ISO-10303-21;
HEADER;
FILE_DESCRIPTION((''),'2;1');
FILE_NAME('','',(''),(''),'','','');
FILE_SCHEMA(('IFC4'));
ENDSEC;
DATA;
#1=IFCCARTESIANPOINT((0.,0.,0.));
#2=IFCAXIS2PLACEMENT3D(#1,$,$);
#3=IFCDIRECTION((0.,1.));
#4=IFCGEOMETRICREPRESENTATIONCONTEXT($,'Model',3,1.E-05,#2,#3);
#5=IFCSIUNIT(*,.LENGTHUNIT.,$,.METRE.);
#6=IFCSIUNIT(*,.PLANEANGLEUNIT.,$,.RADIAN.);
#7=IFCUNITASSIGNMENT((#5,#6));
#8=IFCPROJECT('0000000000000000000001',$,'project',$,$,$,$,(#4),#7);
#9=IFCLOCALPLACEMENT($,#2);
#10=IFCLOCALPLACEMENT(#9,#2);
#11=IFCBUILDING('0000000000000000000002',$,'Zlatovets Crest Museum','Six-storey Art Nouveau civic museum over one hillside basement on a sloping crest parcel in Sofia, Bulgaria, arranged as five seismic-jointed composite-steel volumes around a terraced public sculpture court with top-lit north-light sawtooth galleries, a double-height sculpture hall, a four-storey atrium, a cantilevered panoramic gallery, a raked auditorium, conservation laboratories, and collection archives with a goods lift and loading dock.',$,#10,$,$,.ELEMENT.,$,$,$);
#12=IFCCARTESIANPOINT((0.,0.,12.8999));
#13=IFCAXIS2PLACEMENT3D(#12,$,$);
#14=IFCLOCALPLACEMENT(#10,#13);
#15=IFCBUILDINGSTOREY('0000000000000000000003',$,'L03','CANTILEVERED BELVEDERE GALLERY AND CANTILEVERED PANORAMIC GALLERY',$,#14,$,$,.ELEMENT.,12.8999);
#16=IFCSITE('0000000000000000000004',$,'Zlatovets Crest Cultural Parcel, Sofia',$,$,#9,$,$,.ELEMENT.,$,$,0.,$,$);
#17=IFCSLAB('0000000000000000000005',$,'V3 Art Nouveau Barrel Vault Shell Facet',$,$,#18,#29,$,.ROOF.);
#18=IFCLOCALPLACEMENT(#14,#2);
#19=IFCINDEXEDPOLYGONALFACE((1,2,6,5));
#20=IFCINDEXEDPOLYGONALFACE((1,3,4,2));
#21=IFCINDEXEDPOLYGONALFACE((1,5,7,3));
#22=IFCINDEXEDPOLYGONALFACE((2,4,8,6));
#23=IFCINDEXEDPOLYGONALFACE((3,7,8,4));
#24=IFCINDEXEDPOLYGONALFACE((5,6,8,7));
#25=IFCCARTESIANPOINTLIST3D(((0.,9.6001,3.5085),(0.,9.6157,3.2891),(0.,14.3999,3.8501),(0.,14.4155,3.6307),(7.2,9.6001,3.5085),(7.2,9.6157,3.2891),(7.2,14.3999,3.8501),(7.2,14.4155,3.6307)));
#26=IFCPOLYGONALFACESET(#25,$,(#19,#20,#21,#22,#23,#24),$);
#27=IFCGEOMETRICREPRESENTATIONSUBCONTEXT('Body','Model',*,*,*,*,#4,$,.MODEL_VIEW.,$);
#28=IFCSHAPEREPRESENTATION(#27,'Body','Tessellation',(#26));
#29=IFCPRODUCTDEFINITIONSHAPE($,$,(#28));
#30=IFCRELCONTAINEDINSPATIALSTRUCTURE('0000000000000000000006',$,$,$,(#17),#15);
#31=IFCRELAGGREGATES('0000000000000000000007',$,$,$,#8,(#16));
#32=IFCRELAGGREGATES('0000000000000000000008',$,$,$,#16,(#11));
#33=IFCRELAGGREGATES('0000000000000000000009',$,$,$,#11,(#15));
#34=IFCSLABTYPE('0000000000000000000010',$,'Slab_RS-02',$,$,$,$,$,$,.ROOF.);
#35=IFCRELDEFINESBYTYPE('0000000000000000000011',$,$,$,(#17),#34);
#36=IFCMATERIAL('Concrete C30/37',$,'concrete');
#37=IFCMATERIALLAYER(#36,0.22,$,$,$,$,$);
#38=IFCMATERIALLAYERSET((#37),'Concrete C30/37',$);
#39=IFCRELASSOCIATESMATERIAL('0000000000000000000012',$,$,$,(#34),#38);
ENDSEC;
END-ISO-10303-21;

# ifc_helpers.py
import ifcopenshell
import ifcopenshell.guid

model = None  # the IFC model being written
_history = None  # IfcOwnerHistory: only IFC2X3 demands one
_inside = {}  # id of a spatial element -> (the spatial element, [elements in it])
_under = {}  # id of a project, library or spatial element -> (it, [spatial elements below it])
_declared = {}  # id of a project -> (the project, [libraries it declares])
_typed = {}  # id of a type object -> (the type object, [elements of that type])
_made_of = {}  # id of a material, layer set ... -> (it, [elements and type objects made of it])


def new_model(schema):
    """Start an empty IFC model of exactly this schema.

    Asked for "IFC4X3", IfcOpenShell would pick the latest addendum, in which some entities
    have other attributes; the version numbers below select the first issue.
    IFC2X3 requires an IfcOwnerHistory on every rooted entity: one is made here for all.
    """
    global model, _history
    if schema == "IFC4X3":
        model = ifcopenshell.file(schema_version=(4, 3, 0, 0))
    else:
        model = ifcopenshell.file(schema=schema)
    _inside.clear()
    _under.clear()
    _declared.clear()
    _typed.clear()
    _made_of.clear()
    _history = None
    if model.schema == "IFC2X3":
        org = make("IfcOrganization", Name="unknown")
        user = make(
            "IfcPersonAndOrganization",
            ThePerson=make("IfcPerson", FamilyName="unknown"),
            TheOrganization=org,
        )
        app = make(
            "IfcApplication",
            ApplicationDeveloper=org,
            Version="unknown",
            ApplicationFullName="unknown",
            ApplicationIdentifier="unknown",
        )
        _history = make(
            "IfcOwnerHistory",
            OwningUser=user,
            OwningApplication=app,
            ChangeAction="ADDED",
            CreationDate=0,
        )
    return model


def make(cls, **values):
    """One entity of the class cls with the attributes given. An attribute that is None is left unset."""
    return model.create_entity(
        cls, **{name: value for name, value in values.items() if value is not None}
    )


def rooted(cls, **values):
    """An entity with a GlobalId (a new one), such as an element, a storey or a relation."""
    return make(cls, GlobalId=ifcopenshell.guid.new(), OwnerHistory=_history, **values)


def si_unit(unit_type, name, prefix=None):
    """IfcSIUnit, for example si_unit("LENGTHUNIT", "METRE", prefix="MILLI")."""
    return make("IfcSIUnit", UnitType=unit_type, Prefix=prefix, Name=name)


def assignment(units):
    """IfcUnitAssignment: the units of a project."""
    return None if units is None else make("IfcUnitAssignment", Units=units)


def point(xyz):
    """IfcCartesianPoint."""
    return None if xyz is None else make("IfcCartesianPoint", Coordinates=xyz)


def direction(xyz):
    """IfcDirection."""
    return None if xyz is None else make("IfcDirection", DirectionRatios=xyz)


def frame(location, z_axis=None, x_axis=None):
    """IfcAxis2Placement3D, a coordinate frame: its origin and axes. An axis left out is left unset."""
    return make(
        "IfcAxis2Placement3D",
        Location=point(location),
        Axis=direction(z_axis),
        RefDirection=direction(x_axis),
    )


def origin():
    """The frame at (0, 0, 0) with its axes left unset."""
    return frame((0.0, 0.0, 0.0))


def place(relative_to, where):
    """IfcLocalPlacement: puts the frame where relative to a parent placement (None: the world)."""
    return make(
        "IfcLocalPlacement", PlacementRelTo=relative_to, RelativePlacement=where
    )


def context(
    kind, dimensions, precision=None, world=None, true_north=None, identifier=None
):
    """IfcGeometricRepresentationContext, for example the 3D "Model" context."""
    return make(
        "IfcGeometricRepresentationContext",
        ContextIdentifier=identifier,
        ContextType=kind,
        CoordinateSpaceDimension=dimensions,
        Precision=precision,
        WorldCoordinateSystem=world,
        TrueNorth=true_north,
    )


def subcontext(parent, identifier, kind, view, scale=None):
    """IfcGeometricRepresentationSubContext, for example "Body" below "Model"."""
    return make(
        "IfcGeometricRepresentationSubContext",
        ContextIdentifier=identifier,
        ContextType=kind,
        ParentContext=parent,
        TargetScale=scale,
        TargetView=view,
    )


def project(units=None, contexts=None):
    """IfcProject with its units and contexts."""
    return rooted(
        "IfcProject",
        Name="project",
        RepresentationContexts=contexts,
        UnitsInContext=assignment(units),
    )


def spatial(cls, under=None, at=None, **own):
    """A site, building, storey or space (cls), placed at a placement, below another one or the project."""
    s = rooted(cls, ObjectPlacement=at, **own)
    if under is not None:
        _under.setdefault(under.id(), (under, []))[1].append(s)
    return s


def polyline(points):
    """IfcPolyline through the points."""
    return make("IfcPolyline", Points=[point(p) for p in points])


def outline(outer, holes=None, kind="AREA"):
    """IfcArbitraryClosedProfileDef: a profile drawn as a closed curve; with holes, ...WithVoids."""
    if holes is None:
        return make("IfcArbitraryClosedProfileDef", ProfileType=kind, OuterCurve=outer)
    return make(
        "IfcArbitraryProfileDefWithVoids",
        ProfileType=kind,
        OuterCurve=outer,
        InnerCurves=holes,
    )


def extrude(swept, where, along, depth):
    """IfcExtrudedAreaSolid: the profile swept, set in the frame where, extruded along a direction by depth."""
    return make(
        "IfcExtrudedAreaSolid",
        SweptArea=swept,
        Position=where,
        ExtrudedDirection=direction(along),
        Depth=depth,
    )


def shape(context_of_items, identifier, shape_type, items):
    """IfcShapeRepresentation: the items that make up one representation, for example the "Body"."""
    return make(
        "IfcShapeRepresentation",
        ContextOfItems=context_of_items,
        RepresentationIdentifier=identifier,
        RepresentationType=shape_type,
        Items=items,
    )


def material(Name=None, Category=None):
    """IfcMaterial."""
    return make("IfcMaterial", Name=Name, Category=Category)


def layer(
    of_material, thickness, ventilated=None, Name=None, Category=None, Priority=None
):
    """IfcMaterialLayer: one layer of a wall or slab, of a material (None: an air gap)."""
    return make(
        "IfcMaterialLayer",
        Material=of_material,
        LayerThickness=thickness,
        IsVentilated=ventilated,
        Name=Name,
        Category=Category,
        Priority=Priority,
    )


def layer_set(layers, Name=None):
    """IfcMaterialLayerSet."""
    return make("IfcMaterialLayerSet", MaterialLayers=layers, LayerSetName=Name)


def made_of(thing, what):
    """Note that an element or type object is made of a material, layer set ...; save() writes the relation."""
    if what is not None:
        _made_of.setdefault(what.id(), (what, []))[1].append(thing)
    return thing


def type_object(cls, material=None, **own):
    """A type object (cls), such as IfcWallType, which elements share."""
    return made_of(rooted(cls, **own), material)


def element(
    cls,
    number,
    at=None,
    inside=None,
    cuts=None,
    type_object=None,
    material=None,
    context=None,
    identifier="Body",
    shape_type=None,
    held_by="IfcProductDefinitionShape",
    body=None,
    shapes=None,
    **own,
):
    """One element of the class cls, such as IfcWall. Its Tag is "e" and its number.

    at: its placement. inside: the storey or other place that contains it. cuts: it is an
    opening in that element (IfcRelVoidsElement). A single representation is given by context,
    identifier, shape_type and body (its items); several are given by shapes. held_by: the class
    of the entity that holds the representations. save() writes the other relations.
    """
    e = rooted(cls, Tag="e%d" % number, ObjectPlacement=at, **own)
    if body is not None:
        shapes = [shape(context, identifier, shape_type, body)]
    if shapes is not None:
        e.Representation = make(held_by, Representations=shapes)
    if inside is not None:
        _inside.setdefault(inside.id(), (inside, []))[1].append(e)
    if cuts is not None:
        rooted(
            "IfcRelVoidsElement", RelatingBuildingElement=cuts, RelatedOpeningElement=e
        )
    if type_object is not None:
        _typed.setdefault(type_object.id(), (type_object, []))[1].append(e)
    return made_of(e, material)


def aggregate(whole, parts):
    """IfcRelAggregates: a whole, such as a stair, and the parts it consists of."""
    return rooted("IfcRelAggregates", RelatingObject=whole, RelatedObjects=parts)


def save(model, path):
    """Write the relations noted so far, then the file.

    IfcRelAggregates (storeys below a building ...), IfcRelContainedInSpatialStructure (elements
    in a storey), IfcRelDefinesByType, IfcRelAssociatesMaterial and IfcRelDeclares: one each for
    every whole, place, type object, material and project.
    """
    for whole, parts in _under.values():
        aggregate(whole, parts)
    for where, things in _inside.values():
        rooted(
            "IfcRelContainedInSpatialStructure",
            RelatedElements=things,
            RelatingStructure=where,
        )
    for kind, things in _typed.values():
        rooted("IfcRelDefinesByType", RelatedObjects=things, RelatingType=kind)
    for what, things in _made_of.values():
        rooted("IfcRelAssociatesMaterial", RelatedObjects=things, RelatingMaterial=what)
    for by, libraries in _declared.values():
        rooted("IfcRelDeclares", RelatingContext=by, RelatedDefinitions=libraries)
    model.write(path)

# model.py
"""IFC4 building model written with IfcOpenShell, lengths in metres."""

from ifc_helpers import new_model, si_unit, direction, frame, origin, place, context, subcontext, project, spatial, polyline, outline, extrude, material, layer, layer_set, type_object, element, save


model = new_model("IFC4")

# Units and contexts
model_context = context("Model", 3, precision=1e-05, world=origin(), true_north=direction((0.0, 1.0)))
body_context = subcontext(model_context, "Body", "Model", "MODEL_VIEW")
ifc_project = project(units=[si_unit("LENGTHUNIT", "METRE"), si_unit("PLANEANGLEUNIT", "RADIAN")], contexts=[model_context])

# Site, building, storey
site_placement = place(None, origin())
site = spatial("IfcSite", under=ifc_project, at=site_placement, Name="Zlatovets Crest Cultural Parcel, Sofia", CompositionType="ELEMENT", RefElevation=0.0)
building_placement = place(site_placement, origin())
building = spatial("IfcBuilding", under=site, at=building_placement, Name="Zlatovets Crest Museum", Description="Six-storey Art Nouveau civic museum over one hillside basement on a sloping crest parcel in Sofia, Bulgaria, arranged as five seismic-jointed composite-steel volumes around a terraced public sculpture court with top-lit north-light sawtooth galleries, a double-height sculpture hall, a four-storey atrium, a cantilevered panoramic gallery, a raked auditorium, conservation laboratories, and collection archives with a goods lift and loading dock.", CompositionType="ELEMENT")
storey_placement = place(building_placement, frame((0.0, 0.0, 12.8999)))
storey = spatial("IfcBuildingStorey", under=building, at=storey_placement, Name="L03", Description="CANTILEVERED BELVEDERE GALLERY AND CANTILEVERED PANORAMIC GALLERY", CompositionType="ELEMENT", Elevation=12.8999)

# Slab
ifc_material_1 = material(Name="Concrete C30/37", Category="concrete")
ifc_layer = layer(ifc_material_1, 0.22)
ifc_layer_set = layer_set([ifc_layer], Name="Concrete C30/37")
slab_type = type_object("IfcSlabType", Name="Slab_RS-02", PredefinedType="ROOF", material=ifc_layer_set)
slab_1_placement = place(storey_placement, frame((0.0, 9.6001, 3.5085), z_axis=(0.0, -0.07098, 0.997478), x_axis=(1.0, 0.0, 0.0)))
element("IfcSlab", 1, at=slab_1_placement, inside=storey, type_object=slab_type, Name="V3 Art Nouveau Barrel Vault Shell Facet", PredefinedType="ROOF", context=body_context, shape_type="SweptSolid", body=[
    extrude(outline(polyline([(0.0, 0.0), (7.2, 0.0), (7.2, 4.8119), (0.0, 4.8119), (0.0, 0.0)])), origin(), (0.0, 0.0, -1.0), 0.22),
])

save(model, "model.ifc")
